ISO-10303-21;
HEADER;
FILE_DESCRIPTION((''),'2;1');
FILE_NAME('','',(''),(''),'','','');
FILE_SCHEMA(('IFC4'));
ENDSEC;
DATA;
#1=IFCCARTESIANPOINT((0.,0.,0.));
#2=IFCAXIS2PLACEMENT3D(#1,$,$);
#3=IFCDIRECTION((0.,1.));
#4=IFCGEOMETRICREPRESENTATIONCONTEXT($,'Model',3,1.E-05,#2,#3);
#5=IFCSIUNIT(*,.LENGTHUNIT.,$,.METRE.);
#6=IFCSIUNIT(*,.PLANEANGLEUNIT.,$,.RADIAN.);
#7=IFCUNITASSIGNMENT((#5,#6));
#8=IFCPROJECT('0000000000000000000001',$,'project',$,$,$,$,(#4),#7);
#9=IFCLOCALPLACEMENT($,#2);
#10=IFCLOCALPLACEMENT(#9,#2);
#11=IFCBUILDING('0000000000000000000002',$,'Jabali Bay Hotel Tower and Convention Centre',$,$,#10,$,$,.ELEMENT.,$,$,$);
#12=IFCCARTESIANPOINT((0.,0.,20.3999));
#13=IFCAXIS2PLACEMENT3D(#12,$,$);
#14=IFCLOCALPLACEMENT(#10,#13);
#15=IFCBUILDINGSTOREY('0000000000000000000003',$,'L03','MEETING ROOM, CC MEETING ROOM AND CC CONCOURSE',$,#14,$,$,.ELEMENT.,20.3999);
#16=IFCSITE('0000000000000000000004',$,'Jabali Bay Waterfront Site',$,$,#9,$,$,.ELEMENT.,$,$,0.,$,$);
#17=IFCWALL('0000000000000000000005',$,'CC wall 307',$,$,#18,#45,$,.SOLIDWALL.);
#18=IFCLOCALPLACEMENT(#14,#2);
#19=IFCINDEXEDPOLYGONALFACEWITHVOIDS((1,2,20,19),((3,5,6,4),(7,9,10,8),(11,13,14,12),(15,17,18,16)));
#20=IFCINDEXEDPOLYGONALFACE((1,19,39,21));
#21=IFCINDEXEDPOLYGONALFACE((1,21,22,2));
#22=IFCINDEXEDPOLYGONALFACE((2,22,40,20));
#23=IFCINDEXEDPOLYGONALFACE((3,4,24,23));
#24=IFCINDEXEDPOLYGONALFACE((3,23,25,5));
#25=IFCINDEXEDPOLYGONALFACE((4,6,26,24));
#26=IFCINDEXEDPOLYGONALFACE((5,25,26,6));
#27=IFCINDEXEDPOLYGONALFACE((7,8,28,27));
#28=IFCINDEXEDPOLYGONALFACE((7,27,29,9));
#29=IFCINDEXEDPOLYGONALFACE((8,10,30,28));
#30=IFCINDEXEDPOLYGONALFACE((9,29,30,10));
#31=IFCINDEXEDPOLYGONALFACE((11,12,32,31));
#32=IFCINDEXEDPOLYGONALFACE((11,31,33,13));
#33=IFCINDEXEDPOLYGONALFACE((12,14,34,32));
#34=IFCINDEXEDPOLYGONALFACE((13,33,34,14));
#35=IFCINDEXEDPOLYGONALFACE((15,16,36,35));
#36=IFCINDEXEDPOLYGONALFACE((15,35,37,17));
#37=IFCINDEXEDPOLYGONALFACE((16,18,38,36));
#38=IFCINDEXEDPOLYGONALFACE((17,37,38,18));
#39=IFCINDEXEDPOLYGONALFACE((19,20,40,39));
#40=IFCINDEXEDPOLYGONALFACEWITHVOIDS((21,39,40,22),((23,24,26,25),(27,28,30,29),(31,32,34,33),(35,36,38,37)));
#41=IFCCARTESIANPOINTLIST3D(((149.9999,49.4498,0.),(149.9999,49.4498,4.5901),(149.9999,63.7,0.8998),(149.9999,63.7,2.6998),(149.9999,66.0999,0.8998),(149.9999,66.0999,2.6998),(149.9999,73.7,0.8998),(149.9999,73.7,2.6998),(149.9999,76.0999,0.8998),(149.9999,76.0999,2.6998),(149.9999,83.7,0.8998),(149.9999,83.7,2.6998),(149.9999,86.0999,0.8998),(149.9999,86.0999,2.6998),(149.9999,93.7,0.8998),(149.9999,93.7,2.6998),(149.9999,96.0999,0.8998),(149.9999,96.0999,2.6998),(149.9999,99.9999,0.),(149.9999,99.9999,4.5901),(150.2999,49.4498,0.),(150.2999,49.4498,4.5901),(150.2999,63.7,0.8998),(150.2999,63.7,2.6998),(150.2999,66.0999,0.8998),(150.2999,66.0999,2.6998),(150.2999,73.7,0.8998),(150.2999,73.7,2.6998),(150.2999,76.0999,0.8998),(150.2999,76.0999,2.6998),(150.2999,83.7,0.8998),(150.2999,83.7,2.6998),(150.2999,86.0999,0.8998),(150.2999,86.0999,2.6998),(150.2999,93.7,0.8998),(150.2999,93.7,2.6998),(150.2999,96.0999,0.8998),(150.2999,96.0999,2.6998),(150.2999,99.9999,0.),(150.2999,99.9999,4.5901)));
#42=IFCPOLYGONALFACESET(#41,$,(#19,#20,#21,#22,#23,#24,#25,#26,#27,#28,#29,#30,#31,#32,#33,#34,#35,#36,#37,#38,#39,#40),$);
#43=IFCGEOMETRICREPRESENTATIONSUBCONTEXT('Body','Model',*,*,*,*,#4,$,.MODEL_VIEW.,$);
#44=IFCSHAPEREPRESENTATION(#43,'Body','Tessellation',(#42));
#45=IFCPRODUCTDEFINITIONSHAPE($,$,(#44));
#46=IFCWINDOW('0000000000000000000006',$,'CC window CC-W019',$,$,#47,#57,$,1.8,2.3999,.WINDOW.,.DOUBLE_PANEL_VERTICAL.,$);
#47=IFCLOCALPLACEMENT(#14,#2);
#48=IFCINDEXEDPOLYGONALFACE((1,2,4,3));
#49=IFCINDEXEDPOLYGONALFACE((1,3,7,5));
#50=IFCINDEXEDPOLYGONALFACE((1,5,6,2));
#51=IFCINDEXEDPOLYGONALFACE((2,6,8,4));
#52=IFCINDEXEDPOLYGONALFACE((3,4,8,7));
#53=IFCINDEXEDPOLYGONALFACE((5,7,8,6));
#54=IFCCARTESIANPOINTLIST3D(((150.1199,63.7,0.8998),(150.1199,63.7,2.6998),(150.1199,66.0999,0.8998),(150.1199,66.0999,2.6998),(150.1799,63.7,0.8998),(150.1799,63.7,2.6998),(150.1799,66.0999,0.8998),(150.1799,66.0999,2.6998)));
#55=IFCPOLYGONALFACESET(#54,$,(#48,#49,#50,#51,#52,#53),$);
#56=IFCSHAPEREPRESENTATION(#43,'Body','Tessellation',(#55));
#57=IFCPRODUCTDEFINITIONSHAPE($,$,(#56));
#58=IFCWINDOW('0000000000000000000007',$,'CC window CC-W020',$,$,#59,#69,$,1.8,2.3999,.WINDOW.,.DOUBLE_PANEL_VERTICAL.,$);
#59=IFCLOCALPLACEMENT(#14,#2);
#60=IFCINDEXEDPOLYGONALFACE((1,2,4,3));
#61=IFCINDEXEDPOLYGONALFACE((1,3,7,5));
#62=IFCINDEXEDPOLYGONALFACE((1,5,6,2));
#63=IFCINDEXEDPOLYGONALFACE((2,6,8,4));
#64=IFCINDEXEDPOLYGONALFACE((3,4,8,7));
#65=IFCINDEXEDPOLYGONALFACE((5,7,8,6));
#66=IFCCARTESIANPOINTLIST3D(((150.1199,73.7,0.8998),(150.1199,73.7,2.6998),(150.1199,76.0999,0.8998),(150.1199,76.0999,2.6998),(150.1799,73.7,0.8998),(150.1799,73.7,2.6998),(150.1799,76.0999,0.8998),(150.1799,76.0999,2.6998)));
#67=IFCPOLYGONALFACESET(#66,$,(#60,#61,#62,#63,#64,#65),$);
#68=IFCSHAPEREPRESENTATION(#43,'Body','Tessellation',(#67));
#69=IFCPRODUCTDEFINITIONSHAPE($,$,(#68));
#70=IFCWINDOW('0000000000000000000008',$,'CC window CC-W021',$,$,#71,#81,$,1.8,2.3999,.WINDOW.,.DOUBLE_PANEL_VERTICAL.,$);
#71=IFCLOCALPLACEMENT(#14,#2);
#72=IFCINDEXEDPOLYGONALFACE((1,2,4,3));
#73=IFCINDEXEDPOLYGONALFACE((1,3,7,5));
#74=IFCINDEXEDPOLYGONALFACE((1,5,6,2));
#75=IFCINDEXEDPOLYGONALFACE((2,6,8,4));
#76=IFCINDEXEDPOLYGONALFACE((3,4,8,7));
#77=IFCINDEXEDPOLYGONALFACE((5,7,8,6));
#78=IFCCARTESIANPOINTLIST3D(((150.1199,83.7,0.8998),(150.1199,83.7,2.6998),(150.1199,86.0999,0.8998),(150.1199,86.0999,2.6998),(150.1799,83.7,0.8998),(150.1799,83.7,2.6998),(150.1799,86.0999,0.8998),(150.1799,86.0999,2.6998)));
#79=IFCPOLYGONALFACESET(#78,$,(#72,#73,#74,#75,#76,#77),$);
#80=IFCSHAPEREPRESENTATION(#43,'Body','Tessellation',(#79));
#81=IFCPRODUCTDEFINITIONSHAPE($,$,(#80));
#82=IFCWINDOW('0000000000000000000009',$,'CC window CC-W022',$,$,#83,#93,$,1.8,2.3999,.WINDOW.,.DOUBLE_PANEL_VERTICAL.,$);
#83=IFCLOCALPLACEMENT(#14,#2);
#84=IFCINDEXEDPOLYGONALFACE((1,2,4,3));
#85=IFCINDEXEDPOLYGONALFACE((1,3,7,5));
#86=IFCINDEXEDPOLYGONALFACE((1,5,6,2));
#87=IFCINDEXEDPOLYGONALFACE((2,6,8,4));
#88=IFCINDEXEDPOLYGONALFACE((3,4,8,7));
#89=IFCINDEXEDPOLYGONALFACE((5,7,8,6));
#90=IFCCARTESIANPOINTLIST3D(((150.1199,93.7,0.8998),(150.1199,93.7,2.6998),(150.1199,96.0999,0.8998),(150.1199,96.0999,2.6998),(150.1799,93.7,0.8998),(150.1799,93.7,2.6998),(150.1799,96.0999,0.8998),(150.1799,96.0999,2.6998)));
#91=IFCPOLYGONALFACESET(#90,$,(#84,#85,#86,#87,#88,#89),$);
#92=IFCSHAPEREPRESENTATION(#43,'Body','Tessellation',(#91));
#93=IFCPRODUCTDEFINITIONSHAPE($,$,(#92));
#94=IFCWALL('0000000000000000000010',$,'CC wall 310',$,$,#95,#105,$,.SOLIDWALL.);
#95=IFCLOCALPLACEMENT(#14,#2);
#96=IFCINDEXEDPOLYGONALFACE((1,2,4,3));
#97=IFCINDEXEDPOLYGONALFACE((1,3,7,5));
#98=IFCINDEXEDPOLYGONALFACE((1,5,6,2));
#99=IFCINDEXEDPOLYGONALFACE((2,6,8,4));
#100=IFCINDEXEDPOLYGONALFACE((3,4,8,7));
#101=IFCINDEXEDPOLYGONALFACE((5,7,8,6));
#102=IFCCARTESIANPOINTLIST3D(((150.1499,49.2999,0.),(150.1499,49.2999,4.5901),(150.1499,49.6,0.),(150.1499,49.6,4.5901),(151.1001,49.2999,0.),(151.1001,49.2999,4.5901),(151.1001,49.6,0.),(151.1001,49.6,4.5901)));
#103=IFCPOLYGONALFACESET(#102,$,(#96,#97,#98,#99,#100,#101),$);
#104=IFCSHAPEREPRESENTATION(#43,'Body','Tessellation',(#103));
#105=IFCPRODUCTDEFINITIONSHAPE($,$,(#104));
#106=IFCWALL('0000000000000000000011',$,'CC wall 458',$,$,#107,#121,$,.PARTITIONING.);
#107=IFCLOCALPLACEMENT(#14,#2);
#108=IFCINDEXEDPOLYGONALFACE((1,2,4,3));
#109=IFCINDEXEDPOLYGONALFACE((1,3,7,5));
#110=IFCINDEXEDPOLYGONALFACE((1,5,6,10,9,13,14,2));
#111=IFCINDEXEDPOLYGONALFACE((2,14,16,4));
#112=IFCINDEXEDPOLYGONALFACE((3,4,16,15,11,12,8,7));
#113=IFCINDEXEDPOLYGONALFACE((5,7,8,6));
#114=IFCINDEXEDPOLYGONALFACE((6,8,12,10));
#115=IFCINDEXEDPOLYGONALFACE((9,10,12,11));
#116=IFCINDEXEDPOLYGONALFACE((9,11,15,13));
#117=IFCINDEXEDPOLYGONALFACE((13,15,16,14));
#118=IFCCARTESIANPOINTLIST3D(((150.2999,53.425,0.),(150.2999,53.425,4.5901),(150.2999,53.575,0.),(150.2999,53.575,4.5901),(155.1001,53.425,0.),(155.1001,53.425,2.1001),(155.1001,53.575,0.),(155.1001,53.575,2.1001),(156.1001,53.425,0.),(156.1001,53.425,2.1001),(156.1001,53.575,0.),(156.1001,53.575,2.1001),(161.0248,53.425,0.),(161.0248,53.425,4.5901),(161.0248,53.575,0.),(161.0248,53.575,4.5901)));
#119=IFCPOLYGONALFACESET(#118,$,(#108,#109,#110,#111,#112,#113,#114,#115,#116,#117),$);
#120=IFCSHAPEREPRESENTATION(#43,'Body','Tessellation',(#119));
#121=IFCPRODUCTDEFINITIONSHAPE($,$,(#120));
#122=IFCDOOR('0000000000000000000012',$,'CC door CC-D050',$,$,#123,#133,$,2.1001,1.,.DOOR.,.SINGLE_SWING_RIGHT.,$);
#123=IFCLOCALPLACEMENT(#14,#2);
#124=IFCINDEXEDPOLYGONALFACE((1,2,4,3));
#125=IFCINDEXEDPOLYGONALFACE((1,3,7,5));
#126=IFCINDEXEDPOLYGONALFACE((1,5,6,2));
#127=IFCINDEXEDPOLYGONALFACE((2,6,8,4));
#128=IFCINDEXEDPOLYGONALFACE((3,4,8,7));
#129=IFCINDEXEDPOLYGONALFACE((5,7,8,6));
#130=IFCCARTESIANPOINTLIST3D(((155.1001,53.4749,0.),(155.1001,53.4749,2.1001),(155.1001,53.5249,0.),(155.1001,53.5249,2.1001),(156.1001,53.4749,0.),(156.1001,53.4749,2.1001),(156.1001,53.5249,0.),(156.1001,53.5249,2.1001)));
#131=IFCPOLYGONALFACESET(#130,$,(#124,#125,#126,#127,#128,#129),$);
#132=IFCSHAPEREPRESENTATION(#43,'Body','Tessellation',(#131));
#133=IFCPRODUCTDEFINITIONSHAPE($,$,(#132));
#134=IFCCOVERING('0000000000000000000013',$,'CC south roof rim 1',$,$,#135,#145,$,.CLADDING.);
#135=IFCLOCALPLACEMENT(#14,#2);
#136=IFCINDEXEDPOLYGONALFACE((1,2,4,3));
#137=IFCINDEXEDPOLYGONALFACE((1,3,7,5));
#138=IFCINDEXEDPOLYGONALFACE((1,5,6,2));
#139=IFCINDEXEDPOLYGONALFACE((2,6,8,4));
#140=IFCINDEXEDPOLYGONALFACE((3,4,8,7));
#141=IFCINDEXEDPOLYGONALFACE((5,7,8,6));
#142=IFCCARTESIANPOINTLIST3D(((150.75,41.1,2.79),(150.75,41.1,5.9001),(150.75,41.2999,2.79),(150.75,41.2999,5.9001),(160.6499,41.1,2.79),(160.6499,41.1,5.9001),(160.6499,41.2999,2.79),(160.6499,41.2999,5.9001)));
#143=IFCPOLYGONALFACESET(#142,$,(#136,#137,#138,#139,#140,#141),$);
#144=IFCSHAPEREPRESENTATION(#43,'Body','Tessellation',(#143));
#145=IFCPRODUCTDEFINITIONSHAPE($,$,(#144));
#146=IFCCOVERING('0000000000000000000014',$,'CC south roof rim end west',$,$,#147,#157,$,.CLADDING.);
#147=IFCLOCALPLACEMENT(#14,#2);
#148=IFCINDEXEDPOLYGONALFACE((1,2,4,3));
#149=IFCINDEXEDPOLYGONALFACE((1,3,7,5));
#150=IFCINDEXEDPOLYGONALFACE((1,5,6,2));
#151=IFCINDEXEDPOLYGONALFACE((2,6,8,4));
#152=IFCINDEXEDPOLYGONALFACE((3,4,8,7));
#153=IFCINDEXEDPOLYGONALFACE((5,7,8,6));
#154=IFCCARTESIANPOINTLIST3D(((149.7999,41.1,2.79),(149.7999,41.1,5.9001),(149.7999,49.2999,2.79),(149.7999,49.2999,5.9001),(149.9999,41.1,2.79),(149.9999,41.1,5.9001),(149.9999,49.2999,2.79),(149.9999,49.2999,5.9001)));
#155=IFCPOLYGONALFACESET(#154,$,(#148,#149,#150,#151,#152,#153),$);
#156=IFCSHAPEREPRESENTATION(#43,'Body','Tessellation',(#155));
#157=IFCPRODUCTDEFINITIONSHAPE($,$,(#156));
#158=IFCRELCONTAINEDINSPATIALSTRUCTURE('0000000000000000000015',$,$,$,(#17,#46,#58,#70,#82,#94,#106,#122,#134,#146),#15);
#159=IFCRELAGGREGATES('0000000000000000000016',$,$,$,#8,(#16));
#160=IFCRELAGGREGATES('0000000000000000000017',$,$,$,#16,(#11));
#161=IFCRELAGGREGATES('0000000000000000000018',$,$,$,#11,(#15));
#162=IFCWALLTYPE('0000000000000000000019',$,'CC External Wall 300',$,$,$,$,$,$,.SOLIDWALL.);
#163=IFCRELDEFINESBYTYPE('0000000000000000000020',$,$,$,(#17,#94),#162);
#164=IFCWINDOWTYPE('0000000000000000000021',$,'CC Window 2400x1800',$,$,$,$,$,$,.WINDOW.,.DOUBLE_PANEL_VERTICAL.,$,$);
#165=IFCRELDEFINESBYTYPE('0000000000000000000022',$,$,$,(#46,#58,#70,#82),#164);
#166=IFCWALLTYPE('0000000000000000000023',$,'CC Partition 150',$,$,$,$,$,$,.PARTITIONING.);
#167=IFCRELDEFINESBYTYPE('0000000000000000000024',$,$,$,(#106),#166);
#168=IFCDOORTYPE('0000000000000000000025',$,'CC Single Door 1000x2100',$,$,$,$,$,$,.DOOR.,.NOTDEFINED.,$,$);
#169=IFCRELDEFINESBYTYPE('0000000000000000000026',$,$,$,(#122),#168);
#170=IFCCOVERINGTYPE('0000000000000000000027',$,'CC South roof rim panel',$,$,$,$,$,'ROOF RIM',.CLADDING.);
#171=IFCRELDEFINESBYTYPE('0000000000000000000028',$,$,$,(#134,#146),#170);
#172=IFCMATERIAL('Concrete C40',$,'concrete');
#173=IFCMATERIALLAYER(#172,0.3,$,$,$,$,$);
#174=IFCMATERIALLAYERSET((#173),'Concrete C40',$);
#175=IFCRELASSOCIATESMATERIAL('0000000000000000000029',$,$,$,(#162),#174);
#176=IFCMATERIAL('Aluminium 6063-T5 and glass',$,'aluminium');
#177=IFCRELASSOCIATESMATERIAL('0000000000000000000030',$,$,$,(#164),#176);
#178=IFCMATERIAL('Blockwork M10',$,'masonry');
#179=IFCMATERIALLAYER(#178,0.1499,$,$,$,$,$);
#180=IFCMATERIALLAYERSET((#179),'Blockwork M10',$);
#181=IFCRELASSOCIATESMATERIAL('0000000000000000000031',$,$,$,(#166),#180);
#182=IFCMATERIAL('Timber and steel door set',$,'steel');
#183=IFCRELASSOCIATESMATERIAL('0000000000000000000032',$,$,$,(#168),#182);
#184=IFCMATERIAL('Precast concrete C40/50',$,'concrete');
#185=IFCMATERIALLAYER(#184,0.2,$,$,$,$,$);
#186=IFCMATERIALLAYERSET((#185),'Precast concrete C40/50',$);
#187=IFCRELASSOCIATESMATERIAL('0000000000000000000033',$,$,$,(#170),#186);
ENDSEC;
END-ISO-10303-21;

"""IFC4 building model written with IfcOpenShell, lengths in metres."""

from ifc_helpers import new_model, si_unit, direction, frame, frame_2d, origin, origin_2d, place, context, subcontext, project, spatial, rectangle, extrude, material, layer, layer_set, type_object, element, fill, save


model = new_model("IFC4")

# Units and contexts
model_context = context("Model", 3, precision=1e-05, world=origin(), true_north=direction((0.0, 1.0)))
body_context = subcontext(model_context, "Body", "Model", "MODEL_VIEW")
ifc_project = project(units=[si_unit("LENGTHUNIT", "METRE"), si_unit("PLANEANGLEUNIT", "RADIAN")], contexts=[model_context])

# Site, building, storey
site_placement = place(None, origin())
site = spatial("IfcSite", under=ifc_project, at=site_placement, Name="Jabali Bay Waterfront Site", CompositionType="ELEMENT", RefElevation=0.0)
building_placement = place(site_placement, origin())
building = spatial("IfcBuilding", under=site, at=building_placement, Name="Jabali Bay Hotel Tower and Convention Centre", CompositionType="ELEMENT")
storey_placement = place(building_placement, frame((0.0, 0.0, 20.3999)))
storey = spatial("IfcBuildingStorey", under=building, at=storey_placement, Name="L03", Description="MEETING ROOM, CC MEETING ROOM AND CC CONCOURSE", CompositionType="ELEMENT", Elevation=20.3999)

# Shared definitions
ifc_material_1 = material(Name="Aluminium 6063-T5 and glass", Category="aluminium")

# Shared definitions
ifc_material_2 = material(Name="Concrete C40", Category="concrete")

# Wall, openings, windows
ifc_layer_1 = layer(ifc_material_2, 0.3)
ifc_layer_set_1 = layer_set([ifc_layer_1], Name="Concrete C40")
wall_type_1 = type_object("IfcWallType", Name="CC External Wall 300", PredefinedType="SOLIDWALL", material=ifc_layer_set_1)
wall_1_placement = place(storey_placement, frame((150.1499, 49.45, 0.0), z_axis=(0.0, 0.0, 1.0), x_axis=(0.0, 1.0, 0.0)))
wall_1 = element("IfcWall", 1, at=wall_1_placement, inside=storey, type_object=wall_type_1, Name="CC wall 307", PredefinedType="SOLIDWALL", context=body_context, shape_type="SweptSolid", body=[
    extrude(rectangle(XDim=50.55, YDim=0.3, at=frame_2d((25.2749, 0.0))), origin(), (0.0, 0.0, 1.0), 4.5901),
])
opening_1_placement = place(wall_1_placement, frame((14.25, 0.0, 0.8999)))
opening_1 = element("IfcOpeningElement", 2, at=opening_1_placement, cuts=wall_1, PredefinedType="OPENING", context=body_context, shape_type="SweptSolid", body=[
    extrude(rectangle(XDim=2.3999, YDim=1.8, at=frame_2d((1.2, 0.8999))), frame((0.0, 0.1606, 0.0), z_axis=(0.0, -1.0, 0.0), x_axis=(1.0, 0.0, 0.0)), (0.0, 0.0, 1.0), 0.321),
])
opening_2_placement = place(wall_1_placement, frame((24.25, 0.0, 0.8999)))
opening_2 = element("IfcOpeningElement", 3, at=opening_2_placement, cuts=wall_1, PredefinedType="OPENING", context=body_context, shape_type="SweptSolid", body=[
    extrude(rectangle(XDim=2.3999, YDim=1.8, at=frame_2d((1.2, 0.8999))), frame((0.0, 0.1606, 0.0), z_axis=(0.0, -1.0, 0.0), x_axis=(1.0, 0.0, 0.0)), (0.0, 0.0, 1.0), 0.321),
])
opening_3_placement = place(wall_1_placement, frame((34.25, 0.0, 0.8999)))
opening_3 = element("IfcOpeningElement", 4, at=opening_3_placement, cuts=wall_1, PredefinedType="OPENING", context=body_context, shape_type="SweptSolid", body=[
    extrude(rectangle(XDim=2.3999, YDim=1.8, at=frame_2d((1.2, 0.8999))), frame((0.0, 0.1606, 0.0), z_axis=(0.0, -1.0, 0.0), x_axis=(1.0, 0.0, 0.0)), (0.0, 0.0, 1.0), 0.321),
])
opening_4_placement = place(wall_1_placement, frame((44.25, 0.0, 0.8999)))
opening_4 = element("IfcOpeningElement", 5, at=opening_4_placement, cuts=wall_1, PredefinedType="OPENING", context=body_context, shape_type="SweptSolid", body=[
    extrude(rectangle(XDim=2.3999, YDim=1.8, at=frame_2d((1.2, 0.8999))), frame((0.0, 0.1606, 0.0), z_axis=(0.0, -1.0, 0.0), x_axis=(1.0, 0.0, 0.0)), (0.0, 0.0, 1.0), 0.321),
])
window_type = type_object("IfcWindowType", Name="CC Window 2400x1800", PartitioningType="DOUBLE_PANEL_VERTICAL", PredefinedType="WINDOW", material=ifc_material_1)
window_1_placement = place(opening_1_placement, origin())
window_1 = element("IfcWindow", 6, at=window_1_placement, inside=storey, type_object=window_type, Name="CC window CC-W019", OverallHeight=1.8, OverallWidth=2.3999, PartitioningType="DOUBLE_PANEL_VERTICAL", PredefinedType="WINDOW", context=body_context, shape_type="SweptSolid", body=[
    extrude(rectangle(XDim=2.3999, YDim=1.8, at=frame_2d((1.2, 0.8999))), frame((0.0, 0.03, 0.0), z_axis=(0.0, -1.0, 0.0), x_axis=(1.0, 0.0, 0.0)), (0.0, 0.0, 1.0), 0.0601),
])
fill(opening_1, window_1)
window_2_placement = place(opening_2_placement, origin())
window_2 = element("IfcWindow", 7, at=window_2_placement, inside=storey, type_object=window_type, Name="CC window CC-W020", OverallHeight=1.8, OverallWidth=2.3999, PartitioningType="DOUBLE_PANEL_VERTICAL", PredefinedType="WINDOW", context=body_context, shape_type="SweptSolid", body=[
    extrude(rectangle(XDim=2.3999, YDim=1.8, at=frame_2d((1.2, 0.8999))), frame((0.0, 0.03, 0.0), z_axis=(0.0, -1.0, 0.0), x_axis=(1.0, 0.0, 0.0)), (0.0, 0.0, 1.0), 0.0601),
])
fill(opening_2, window_2)
window_3_placement = place(opening_3_placement, origin())
window_3 = element("IfcWindow", 8, at=window_3_placement, inside=storey, type_object=window_type, Name="CC window CC-W021", OverallHeight=1.8, OverallWidth=2.3999, PartitioningType="DOUBLE_PANEL_VERTICAL", PredefinedType="WINDOW", context=body_context, shape_type="SweptSolid", body=[
    extrude(rectangle(XDim=2.3999, YDim=1.8, at=frame_2d((1.2, 0.8999))), frame((0.0, 0.03, 0.0), z_axis=(0.0, -1.0, 0.0), x_axis=(1.0, 0.0, 0.0)), (0.0, 0.0, 1.0), 0.0601),
])
fill(opening_3, window_3)
window_4_placement = place(opening_4_placement, origin())
window_4 = element("IfcWindow", 9, at=window_4_placement, inside=storey, type_object=window_type, Name="CC window CC-W022", OverallHeight=1.8, OverallWidth=2.3999, PartitioningType="DOUBLE_PANEL_VERTICAL", PredefinedType="WINDOW", context=body_context, shape_type="SweptSolid", body=[
    extrude(rectangle(XDim=2.3999, YDim=1.8, at=frame_2d((1.2, 0.8999))), frame((0.0, 0.03, 0.0), z_axis=(0.0, -1.0, 0.0), x_axis=(1.0, 0.0, 0.0)), (0.0, 0.0, 1.0), 0.0601),
])
fill(opening_4, window_4)

# Wall
wall_2_placement = place(storey_placement, frame((150.1499, 49.45, 0.0), z_axis=(0.0, 0.0, 1.0), x_axis=(1.0, 0.0, 0.0)))
element("IfcWall", 10, at=wall_2_placement, inside=storey, type_object=wall_type_1, Name="CC wall 310", PredefinedType="SOLIDWALL", context=body_context, shape_type="SweptSolid", body=[
    extrude(rectangle(XDim=0.9502, YDim=0.3, at=frame_2d((0.4751, 0.0))), origin(), (0.0, 0.0, 1.0), 4.5901),
])

# Wall, opening, door
ifc_material_3 = material(Name="Blockwork M10", Category="masonry")
ifc_layer_2 = layer(ifc_material_3, 0.1499)
ifc_layer_set_2 = layer_set([ifc_layer_2], Name="Blockwork M10")
wall_type_2 = type_object("IfcWallType", Name="CC Partition 150", PredefinedType="PARTITIONING", material=ifc_layer_set_2)
wall_3_placement = place(storey_placement, frame((150.3, 53.5, 0.0), z_axis=(0.0, 0.0, 1.0), x_axis=(1.0, 0.0, 0.0)))
wall_3 = element("IfcWall", 11, at=wall_3_placement, inside=storey, type_object=wall_type_2, Name="CC wall 458", PredefinedType="PARTITIONING", context=body_context, shape_type="SweptSolid", body=[
    extrude(rectangle(XDim=10.7249, YDim=0.1499, at=frame_2d((5.3623, 0.0))), origin(), (0.0, 0.0, 1.0), 4.5901),
])
opening_5_placement = place(wall_3_placement, frame((4.8, 0.0, 0.0)))
opening_5 = element("IfcOpeningElement", 12, at=opening_5_placement, cuts=wall_3, PredefinedType="OPENING", context=body_context, shape_type="SweptSolid", body=[
    extrude(rectangle(XDim=1.0, YDim=2.1001, at=frame_2d((0.5, 1.05))), frame((0.0, 0.0854, 0.0), z_axis=(0.0, -1.0, 0.0), x_axis=(1.0, 0.0, 0.0)), (0.0, 0.0, 1.0), 0.1709),
])
ifc_material_4 = material(Name="Timber and steel door set", Category="steel")
door_type = type_object("IfcDoorType", Name="CC Single Door 1000x2100", OperationType="NOTDEFINED", PredefinedType="DOOR", material=ifc_material_4)
door_placement = place(opening_5_placement, origin())
door = element("IfcDoor", 13, at=door_placement, inside=storey, type_object=door_type, Name="CC door CC-D050", OperationType="SINGLE_SWING_RIGHT", OverallHeight=2.1001, OverallWidth=1.0, PredefinedType="DOOR", context=body_context, shape_type="SweptSolid", body=[
    extrude(rectangle(XDim=1.0, YDim=2.1001, at=frame_2d((0.5, 1.05))), frame((0.0, 0.0249, 0.0), z_axis=(0.0, -1.0, 0.0), x_axis=(1.0, 0.0, 0.0)), (0.0, 0.0, 1.0), 0.05),
])
fill(opening_5, door)

# Coverings
ifc_material_5 = material(Name="Precast concrete C40/50", Category="concrete")
ifc_layer_3 = layer(ifc_material_5, 0.2)
ifc_layer_set_3 = layer_set([ifc_layer_3], Name="Precast concrete C40/50")
covering_type = type_object("IfcCoveringType", Name="CC South roof rim panel", ElementType="ROOF RIM", PredefinedType="CLADDING", material=ifc_layer_set_3)
covering_1_placement = place(storey_placement, frame((155.7, 41.2, 2.79), z_axis=(0.0, 0.0, 1.0), x_axis=(1.0, 0.0, 0.0)))
element("IfcCovering", 14, at=covering_1_placement, inside=storey, type_object=covering_type, Name="CC south roof rim 1", PredefinedType="CLADDING", context=body_context, shape_type="SweptSolid", body=[
    extrude(rectangle(XDim=9.8999, YDim=0.2, at=origin_2d()), origin(), (0.0, 0.0, 1.0), 3.1101),
])
covering_2_placement = place(storey_placement, frame((149.8999, 45.2, 2.79), z_axis=(0.0, 0.0, 1.0), x_axis=(1.0, 0.0, 0.0)))
element("IfcCovering", 15, at=covering_2_placement, inside=storey, type_object=covering_type, Name="CC south roof rim end west", PredefinedType="CLADDING", context=body_context, shape_type="SweptSolid", body=[
    extrude(rectangle(XDim=0.2, YDim=8.2, at=origin_2d()), origin(), (0.0, 0.0, 1.0), 3.1101),
])

save(model, "model.ifc")
